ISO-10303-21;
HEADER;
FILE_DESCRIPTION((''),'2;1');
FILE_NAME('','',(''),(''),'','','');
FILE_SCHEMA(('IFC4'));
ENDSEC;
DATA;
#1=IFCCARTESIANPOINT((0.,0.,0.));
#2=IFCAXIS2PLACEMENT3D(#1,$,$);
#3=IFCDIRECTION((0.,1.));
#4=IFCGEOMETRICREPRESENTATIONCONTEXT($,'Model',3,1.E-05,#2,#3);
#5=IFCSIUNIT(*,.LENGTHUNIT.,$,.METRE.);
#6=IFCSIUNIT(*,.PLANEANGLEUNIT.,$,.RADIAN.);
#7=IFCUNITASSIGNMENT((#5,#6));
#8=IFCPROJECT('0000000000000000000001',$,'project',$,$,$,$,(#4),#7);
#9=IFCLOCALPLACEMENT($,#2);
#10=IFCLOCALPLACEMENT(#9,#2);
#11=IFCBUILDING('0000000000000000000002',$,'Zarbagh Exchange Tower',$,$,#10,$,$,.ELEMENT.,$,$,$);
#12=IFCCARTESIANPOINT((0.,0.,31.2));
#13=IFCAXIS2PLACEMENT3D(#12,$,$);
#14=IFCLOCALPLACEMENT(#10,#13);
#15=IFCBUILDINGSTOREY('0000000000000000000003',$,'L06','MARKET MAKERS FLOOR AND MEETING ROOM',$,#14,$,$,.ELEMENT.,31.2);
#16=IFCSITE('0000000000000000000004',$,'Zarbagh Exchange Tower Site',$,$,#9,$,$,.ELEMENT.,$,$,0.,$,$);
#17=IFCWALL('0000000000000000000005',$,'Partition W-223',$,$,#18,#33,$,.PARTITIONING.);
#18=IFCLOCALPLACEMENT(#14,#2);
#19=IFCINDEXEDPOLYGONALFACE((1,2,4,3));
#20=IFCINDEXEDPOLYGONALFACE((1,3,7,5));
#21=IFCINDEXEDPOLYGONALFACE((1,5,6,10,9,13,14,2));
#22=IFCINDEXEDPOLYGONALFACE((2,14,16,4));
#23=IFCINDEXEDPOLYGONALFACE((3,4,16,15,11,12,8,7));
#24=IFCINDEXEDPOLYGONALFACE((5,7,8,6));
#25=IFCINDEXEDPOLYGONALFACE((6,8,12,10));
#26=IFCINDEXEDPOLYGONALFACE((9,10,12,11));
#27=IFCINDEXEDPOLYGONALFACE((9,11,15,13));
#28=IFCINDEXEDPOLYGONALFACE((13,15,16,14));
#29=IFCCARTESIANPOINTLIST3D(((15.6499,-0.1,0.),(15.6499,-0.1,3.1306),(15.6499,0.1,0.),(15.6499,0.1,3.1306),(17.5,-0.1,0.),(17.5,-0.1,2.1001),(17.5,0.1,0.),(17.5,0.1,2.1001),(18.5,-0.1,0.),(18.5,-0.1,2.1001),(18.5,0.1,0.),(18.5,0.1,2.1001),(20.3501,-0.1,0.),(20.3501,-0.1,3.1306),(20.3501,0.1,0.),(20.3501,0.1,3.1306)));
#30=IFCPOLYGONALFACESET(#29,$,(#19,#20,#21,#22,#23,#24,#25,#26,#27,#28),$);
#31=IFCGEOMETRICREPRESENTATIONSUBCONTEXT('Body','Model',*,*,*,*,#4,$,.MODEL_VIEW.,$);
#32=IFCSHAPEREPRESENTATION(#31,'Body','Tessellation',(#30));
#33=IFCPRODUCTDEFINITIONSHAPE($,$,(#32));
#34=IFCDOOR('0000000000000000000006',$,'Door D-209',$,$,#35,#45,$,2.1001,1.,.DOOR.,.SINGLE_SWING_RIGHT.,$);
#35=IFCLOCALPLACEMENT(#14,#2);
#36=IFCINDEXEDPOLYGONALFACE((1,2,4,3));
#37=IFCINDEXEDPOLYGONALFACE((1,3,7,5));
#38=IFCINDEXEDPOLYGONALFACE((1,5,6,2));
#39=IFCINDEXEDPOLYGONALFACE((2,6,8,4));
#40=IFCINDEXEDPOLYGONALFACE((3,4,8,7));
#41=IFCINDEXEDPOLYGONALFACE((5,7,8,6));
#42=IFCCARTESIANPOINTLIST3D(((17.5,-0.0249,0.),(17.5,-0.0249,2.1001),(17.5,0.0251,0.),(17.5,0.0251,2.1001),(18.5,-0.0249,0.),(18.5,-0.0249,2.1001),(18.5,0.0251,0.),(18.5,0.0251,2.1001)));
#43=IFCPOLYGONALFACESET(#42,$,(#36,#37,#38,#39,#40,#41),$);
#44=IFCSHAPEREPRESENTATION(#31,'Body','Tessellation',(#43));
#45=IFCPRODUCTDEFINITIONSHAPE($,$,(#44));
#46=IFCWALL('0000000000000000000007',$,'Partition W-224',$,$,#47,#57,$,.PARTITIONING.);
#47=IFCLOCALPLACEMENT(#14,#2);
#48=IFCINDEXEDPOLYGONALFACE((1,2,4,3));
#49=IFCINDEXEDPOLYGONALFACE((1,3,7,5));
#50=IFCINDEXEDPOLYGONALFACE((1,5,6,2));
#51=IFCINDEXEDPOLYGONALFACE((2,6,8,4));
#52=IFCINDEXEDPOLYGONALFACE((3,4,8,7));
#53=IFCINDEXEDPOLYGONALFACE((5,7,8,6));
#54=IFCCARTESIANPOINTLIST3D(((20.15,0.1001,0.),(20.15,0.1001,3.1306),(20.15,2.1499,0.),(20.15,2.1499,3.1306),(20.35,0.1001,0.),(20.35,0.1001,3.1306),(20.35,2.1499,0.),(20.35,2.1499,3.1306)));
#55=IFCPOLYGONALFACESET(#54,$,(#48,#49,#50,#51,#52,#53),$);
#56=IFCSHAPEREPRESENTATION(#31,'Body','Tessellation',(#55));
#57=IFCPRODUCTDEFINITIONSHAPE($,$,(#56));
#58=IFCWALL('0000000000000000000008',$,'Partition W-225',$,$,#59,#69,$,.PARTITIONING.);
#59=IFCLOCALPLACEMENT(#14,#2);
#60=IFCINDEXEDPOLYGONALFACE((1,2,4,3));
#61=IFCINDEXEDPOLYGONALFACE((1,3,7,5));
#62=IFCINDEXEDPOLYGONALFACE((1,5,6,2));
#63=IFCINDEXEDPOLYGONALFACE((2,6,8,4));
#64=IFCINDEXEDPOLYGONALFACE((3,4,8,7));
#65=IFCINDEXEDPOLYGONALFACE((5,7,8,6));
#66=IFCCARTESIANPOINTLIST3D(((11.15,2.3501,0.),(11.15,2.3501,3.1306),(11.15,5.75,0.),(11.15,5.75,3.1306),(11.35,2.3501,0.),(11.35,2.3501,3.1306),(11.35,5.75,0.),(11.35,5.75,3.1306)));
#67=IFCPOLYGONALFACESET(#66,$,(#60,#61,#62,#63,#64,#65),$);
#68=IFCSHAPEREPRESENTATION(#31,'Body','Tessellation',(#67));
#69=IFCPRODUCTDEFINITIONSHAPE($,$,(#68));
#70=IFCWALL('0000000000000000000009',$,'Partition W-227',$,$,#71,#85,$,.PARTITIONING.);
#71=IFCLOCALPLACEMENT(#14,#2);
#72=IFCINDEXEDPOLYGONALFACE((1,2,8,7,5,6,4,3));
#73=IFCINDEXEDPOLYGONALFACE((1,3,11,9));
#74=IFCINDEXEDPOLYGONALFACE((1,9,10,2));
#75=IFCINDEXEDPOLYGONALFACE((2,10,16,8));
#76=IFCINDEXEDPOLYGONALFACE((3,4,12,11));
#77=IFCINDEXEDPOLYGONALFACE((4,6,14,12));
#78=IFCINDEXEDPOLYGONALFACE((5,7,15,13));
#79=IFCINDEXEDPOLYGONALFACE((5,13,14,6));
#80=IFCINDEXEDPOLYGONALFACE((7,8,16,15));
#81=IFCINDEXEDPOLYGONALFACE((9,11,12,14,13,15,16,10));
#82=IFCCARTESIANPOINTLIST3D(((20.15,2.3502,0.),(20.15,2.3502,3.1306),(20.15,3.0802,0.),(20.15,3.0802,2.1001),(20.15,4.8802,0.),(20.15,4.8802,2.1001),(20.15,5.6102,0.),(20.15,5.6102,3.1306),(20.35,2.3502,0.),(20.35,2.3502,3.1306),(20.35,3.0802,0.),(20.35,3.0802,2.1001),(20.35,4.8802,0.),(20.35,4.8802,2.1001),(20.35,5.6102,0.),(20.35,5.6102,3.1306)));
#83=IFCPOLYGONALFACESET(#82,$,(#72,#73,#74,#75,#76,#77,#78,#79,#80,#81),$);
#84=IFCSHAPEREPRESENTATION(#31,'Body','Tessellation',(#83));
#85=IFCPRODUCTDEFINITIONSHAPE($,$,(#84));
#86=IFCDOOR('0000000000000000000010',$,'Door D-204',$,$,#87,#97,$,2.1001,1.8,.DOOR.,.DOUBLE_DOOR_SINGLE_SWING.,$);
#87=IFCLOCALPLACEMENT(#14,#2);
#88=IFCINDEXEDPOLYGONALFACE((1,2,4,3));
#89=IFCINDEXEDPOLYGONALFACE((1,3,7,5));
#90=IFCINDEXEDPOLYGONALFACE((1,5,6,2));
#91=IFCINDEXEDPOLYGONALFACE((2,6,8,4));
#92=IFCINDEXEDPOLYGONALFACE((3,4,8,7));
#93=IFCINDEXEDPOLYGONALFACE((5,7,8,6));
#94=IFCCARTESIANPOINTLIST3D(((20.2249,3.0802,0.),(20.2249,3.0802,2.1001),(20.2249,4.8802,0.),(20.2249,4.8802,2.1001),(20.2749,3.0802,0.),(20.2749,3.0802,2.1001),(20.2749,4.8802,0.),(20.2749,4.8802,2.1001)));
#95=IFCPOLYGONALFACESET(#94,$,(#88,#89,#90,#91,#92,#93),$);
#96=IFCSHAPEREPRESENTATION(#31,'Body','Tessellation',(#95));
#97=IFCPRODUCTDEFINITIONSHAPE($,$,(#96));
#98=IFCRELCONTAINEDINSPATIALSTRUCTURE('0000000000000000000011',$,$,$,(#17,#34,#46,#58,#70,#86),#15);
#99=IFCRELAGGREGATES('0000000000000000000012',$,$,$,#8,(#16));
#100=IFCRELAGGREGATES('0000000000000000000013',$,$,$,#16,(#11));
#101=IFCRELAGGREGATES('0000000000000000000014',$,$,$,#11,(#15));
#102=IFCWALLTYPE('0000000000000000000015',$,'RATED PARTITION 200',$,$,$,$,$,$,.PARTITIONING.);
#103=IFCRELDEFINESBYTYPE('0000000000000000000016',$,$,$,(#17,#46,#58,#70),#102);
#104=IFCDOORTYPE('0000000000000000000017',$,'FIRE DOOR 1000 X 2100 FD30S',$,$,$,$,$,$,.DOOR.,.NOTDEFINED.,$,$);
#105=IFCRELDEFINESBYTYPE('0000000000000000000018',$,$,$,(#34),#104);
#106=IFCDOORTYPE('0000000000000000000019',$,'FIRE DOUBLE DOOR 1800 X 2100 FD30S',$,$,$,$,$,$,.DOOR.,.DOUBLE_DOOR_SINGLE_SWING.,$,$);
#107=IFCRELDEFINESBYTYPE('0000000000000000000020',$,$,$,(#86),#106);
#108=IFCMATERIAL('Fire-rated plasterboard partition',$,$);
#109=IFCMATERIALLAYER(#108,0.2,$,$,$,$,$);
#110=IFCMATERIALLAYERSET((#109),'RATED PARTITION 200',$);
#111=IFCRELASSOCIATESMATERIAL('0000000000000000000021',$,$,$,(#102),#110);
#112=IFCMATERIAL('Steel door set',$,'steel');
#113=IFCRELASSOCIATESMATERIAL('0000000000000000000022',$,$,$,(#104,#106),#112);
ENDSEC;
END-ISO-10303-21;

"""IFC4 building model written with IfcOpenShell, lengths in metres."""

from ifc_helpers import new_model, si_unit, direction, frame, frame_2d, origin, place, context, subcontext, project, spatial, rectangle, extrude, material, layer, layer_set, type_object, element, fill, save


model = new_model("IFC4")

# Units and contexts
model_context = context("Model", 3, precision=1e-05, world=origin(), true_north=direction((0.0, 1.0)))
body_context = subcontext(model_context, "Body", "Model", "MODEL_VIEW")
ifc_project = project(units=[si_unit("LENGTHUNIT", "METRE"), si_unit("PLANEANGLEUNIT", "RADIAN")], contexts=[model_context])

# Site, building, storey
site_placement = place(None, origin())
site = spatial("IfcSite", under=ifc_project, at=site_placement, Name="Zarbagh Exchange Tower Site", CompositionType="ELEMENT", RefElevation=0.0)
building_placement = place(site_placement, origin())
building = spatial("IfcBuilding", under=site, at=building_placement, Name="Zarbagh Exchange Tower", CompositionType="ELEMENT")
storey_placement = place(building_placement, frame((0.0, 0.0, 31.2)))
storey = spatial("IfcBuildingStorey", under=building, at=storey_placement, Name="L06", Description="MARKET MAKERS FLOOR AND MEETING ROOM", CompositionType="ELEMENT", Elevation=31.2)

# Shared definitions
ifc_material_1 = material(Name="Fire-rated plasterboard partition")
ifc_layer = layer(ifc_material_1, 0.2)
ifc_layer_set = layer_set([ifc_layer], Name="RATED PARTITION 200")
wall_type = type_object("IfcWallType", Name="RATED PARTITION 200", PredefinedType="PARTITIONING", material=ifc_layer_set)

# Wall, opening, door
ifc_material_2 = material(Name="Steel door set", Category="steel")
door_type_1 = type_object("IfcDoorType", Name="FIRE DOOR 1000 X 2100 FD30S", OperationType="NOTDEFINED", PredefinedType="DOOR", material=ifc_material_2)
wall_1_placement = place(storey_placement, frame((20.3501, 0.0, 0.0), z_axis=(0.0, 0.0, 1.0), x_axis=(-1.0, 0.0, 0.0)))
wall_1 = element("IfcWall", 1, at=wall_1_placement, inside=storey, type_object=wall_type, Name="Partition W-223", PredefinedType="PARTITIONING", context=body_context, shape_type="SweptSolid", body=[
    extrude(rectangle(XDim=4.7002, YDim=0.2, at=frame_2d((2.3501, 0.0))), origin(), (0.0, 0.0, 1.0), 3.1306),
])
opening_1_placement = place(wall_1_placement, frame((1.8501, 0.0, 0.0)))
opening_1 = element("IfcOpeningElement", 2, at=opening_1_placement, cuts=wall_1, PredefinedType="OPENING", context=body_context, shape_type="SweptSolid", body=[
    extrude(rectangle(XDim=1.0, YDim=2.1001, at=frame_2d((0.5, 1.05))), frame((0.0, 0.1099, 0.0), z_axis=(0.0, -1.0, 0.0), x_axis=(1.0, 0.0, 0.0)), (0.0, 0.0, 1.0), 0.22),
])
door_1_placement = place(opening_1_placement, origin())
door_1 = element("IfcDoor", 3, at=door_1_placement, inside=storey, type_object=door_type_1, Name="Door D-209", OperationType="SINGLE_SWING_RIGHT", OverallHeight=2.1001, OverallWidth=1.0, PredefinedType="DOOR", context=body_context, shape_type="SweptSolid", body=[
    extrude(rectangle(XDim=1.0, YDim=2.1001, at=frame_2d((0.5, 1.05))), frame((0.0, 0.0249, 0.0), z_axis=(0.0, -1.0, 0.0), x_axis=(1.0, 0.0, 0.0)), (0.0, 0.0, 1.0), 0.05),
])
fill(opening_1, door_1)

# Walls
wall_2_placement = place(storey_placement, frame((20.25, 0.1001, 0.0), z_axis=(0.0, 0.0, 1.0), x_axis=(0.0, 1.0, 0.0)))
element("IfcWall", 4, at=wall_2_placement, inside=storey, type_object=wall_type, Name="Partition W-224", PredefinedType="PARTITIONING", context=body_context, shape_type="SweptSolid", body=[
    extrude(rectangle(XDim=2.0498, YDim=0.2, at=frame_2d((1.0249, 0.0))), origin(), (0.0, 0.0, 1.0), 3.1306),
])
wall_3_placement = place(storey_placement, frame((11.25, 2.3501, 0.0), z_axis=(0.0, 0.0, 1.0), x_axis=(0.0, 1.0, 0.0)))
element("IfcWall", 5, at=wall_3_placement, inside=storey, type_object=wall_type, Name="Partition W-225", PredefinedType="PARTITIONING", context=body_context, shape_type="SweptSolid", body=[
    extrude(rectangle(XDim=3.3999, YDim=0.2, at=frame_2d((1.7, 0.0))), origin(), (0.0, 0.0, 1.0), 3.1306),
])

# Wall, opening, door
wall_4_placement = place(storey_placement, frame((20.25, 5.6101, 0.0), z_axis=(0.0, 0.0, 1.0), x_axis=(0.0, -1.0, 0.0)))
wall_4 = element("IfcWall", 6, at=wall_4_placement, inside=storey, type_object=wall_type, Name="Partition W-227", PredefinedType="PARTITIONING", context=body_context, shape_type="SweptSolid", body=[
    extrude(rectangle(XDim=3.26, YDim=0.2, at=frame_2d((1.6299, 0.0))), origin(), (0.0, 0.0, 1.0), 3.1306),
])
opening_2_placement = place(wall_4_placement, frame((0.73, 0.0, 0.0)))
opening_2 = element("IfcOpeningElement", 7, at=opening_2_placement, cuts=wall_4, PredefinedType="OPENING", context=body_context, shape_type="SweptSolid", body=[
    extrude(rectangle(XDim=1.8, YDim=2.1001, at=frame_2d((0.8999, 1.05))), frame((0.0, 0.1099, 0.0), z_axis=(0.0, -1.0, 0.0), x_axis=(1.0, 0.0, 0.0)), (0.0, 0.0, 1.0), 0.22),
])
door_type_2 = type_object("IfcDoorType", Name="FIRE DOUBLE DOOR 1800 X 2100 FD30S", OperationType="DOUBLE_DOOR_SINGLE_SWING", PredefinedType="DOOR", material=ifc_material_2)
door_2_placement = place(opening_2_placement, origin())
door_2 = element("IfcDoor", 8, at=door_2_placement, inside=storey, type_object=door_type_2, Name="Door D-204", OperationType="DOUBLE_DOOR_SINGLE_SWING", OverallHeight=2.1001, OverallWidth=1.8, PredefinedType="DOOR", context=body_context, shape_type="SweptSolid", body=[
    extrude(rectangle(XDim=1.8, YDim=2.1001, at=frame_2d((0.8999, 1.05))), frame((0.0, 0.0249, 0.0), z_axis=(0.0, -1.0, 0.0), x_axis=(1.0, 0.0, 0.0)), (0.0, 0.0, 1.0), 0.05),
])
fill(opening_2, door_2)

save(model, "model.ifc")
